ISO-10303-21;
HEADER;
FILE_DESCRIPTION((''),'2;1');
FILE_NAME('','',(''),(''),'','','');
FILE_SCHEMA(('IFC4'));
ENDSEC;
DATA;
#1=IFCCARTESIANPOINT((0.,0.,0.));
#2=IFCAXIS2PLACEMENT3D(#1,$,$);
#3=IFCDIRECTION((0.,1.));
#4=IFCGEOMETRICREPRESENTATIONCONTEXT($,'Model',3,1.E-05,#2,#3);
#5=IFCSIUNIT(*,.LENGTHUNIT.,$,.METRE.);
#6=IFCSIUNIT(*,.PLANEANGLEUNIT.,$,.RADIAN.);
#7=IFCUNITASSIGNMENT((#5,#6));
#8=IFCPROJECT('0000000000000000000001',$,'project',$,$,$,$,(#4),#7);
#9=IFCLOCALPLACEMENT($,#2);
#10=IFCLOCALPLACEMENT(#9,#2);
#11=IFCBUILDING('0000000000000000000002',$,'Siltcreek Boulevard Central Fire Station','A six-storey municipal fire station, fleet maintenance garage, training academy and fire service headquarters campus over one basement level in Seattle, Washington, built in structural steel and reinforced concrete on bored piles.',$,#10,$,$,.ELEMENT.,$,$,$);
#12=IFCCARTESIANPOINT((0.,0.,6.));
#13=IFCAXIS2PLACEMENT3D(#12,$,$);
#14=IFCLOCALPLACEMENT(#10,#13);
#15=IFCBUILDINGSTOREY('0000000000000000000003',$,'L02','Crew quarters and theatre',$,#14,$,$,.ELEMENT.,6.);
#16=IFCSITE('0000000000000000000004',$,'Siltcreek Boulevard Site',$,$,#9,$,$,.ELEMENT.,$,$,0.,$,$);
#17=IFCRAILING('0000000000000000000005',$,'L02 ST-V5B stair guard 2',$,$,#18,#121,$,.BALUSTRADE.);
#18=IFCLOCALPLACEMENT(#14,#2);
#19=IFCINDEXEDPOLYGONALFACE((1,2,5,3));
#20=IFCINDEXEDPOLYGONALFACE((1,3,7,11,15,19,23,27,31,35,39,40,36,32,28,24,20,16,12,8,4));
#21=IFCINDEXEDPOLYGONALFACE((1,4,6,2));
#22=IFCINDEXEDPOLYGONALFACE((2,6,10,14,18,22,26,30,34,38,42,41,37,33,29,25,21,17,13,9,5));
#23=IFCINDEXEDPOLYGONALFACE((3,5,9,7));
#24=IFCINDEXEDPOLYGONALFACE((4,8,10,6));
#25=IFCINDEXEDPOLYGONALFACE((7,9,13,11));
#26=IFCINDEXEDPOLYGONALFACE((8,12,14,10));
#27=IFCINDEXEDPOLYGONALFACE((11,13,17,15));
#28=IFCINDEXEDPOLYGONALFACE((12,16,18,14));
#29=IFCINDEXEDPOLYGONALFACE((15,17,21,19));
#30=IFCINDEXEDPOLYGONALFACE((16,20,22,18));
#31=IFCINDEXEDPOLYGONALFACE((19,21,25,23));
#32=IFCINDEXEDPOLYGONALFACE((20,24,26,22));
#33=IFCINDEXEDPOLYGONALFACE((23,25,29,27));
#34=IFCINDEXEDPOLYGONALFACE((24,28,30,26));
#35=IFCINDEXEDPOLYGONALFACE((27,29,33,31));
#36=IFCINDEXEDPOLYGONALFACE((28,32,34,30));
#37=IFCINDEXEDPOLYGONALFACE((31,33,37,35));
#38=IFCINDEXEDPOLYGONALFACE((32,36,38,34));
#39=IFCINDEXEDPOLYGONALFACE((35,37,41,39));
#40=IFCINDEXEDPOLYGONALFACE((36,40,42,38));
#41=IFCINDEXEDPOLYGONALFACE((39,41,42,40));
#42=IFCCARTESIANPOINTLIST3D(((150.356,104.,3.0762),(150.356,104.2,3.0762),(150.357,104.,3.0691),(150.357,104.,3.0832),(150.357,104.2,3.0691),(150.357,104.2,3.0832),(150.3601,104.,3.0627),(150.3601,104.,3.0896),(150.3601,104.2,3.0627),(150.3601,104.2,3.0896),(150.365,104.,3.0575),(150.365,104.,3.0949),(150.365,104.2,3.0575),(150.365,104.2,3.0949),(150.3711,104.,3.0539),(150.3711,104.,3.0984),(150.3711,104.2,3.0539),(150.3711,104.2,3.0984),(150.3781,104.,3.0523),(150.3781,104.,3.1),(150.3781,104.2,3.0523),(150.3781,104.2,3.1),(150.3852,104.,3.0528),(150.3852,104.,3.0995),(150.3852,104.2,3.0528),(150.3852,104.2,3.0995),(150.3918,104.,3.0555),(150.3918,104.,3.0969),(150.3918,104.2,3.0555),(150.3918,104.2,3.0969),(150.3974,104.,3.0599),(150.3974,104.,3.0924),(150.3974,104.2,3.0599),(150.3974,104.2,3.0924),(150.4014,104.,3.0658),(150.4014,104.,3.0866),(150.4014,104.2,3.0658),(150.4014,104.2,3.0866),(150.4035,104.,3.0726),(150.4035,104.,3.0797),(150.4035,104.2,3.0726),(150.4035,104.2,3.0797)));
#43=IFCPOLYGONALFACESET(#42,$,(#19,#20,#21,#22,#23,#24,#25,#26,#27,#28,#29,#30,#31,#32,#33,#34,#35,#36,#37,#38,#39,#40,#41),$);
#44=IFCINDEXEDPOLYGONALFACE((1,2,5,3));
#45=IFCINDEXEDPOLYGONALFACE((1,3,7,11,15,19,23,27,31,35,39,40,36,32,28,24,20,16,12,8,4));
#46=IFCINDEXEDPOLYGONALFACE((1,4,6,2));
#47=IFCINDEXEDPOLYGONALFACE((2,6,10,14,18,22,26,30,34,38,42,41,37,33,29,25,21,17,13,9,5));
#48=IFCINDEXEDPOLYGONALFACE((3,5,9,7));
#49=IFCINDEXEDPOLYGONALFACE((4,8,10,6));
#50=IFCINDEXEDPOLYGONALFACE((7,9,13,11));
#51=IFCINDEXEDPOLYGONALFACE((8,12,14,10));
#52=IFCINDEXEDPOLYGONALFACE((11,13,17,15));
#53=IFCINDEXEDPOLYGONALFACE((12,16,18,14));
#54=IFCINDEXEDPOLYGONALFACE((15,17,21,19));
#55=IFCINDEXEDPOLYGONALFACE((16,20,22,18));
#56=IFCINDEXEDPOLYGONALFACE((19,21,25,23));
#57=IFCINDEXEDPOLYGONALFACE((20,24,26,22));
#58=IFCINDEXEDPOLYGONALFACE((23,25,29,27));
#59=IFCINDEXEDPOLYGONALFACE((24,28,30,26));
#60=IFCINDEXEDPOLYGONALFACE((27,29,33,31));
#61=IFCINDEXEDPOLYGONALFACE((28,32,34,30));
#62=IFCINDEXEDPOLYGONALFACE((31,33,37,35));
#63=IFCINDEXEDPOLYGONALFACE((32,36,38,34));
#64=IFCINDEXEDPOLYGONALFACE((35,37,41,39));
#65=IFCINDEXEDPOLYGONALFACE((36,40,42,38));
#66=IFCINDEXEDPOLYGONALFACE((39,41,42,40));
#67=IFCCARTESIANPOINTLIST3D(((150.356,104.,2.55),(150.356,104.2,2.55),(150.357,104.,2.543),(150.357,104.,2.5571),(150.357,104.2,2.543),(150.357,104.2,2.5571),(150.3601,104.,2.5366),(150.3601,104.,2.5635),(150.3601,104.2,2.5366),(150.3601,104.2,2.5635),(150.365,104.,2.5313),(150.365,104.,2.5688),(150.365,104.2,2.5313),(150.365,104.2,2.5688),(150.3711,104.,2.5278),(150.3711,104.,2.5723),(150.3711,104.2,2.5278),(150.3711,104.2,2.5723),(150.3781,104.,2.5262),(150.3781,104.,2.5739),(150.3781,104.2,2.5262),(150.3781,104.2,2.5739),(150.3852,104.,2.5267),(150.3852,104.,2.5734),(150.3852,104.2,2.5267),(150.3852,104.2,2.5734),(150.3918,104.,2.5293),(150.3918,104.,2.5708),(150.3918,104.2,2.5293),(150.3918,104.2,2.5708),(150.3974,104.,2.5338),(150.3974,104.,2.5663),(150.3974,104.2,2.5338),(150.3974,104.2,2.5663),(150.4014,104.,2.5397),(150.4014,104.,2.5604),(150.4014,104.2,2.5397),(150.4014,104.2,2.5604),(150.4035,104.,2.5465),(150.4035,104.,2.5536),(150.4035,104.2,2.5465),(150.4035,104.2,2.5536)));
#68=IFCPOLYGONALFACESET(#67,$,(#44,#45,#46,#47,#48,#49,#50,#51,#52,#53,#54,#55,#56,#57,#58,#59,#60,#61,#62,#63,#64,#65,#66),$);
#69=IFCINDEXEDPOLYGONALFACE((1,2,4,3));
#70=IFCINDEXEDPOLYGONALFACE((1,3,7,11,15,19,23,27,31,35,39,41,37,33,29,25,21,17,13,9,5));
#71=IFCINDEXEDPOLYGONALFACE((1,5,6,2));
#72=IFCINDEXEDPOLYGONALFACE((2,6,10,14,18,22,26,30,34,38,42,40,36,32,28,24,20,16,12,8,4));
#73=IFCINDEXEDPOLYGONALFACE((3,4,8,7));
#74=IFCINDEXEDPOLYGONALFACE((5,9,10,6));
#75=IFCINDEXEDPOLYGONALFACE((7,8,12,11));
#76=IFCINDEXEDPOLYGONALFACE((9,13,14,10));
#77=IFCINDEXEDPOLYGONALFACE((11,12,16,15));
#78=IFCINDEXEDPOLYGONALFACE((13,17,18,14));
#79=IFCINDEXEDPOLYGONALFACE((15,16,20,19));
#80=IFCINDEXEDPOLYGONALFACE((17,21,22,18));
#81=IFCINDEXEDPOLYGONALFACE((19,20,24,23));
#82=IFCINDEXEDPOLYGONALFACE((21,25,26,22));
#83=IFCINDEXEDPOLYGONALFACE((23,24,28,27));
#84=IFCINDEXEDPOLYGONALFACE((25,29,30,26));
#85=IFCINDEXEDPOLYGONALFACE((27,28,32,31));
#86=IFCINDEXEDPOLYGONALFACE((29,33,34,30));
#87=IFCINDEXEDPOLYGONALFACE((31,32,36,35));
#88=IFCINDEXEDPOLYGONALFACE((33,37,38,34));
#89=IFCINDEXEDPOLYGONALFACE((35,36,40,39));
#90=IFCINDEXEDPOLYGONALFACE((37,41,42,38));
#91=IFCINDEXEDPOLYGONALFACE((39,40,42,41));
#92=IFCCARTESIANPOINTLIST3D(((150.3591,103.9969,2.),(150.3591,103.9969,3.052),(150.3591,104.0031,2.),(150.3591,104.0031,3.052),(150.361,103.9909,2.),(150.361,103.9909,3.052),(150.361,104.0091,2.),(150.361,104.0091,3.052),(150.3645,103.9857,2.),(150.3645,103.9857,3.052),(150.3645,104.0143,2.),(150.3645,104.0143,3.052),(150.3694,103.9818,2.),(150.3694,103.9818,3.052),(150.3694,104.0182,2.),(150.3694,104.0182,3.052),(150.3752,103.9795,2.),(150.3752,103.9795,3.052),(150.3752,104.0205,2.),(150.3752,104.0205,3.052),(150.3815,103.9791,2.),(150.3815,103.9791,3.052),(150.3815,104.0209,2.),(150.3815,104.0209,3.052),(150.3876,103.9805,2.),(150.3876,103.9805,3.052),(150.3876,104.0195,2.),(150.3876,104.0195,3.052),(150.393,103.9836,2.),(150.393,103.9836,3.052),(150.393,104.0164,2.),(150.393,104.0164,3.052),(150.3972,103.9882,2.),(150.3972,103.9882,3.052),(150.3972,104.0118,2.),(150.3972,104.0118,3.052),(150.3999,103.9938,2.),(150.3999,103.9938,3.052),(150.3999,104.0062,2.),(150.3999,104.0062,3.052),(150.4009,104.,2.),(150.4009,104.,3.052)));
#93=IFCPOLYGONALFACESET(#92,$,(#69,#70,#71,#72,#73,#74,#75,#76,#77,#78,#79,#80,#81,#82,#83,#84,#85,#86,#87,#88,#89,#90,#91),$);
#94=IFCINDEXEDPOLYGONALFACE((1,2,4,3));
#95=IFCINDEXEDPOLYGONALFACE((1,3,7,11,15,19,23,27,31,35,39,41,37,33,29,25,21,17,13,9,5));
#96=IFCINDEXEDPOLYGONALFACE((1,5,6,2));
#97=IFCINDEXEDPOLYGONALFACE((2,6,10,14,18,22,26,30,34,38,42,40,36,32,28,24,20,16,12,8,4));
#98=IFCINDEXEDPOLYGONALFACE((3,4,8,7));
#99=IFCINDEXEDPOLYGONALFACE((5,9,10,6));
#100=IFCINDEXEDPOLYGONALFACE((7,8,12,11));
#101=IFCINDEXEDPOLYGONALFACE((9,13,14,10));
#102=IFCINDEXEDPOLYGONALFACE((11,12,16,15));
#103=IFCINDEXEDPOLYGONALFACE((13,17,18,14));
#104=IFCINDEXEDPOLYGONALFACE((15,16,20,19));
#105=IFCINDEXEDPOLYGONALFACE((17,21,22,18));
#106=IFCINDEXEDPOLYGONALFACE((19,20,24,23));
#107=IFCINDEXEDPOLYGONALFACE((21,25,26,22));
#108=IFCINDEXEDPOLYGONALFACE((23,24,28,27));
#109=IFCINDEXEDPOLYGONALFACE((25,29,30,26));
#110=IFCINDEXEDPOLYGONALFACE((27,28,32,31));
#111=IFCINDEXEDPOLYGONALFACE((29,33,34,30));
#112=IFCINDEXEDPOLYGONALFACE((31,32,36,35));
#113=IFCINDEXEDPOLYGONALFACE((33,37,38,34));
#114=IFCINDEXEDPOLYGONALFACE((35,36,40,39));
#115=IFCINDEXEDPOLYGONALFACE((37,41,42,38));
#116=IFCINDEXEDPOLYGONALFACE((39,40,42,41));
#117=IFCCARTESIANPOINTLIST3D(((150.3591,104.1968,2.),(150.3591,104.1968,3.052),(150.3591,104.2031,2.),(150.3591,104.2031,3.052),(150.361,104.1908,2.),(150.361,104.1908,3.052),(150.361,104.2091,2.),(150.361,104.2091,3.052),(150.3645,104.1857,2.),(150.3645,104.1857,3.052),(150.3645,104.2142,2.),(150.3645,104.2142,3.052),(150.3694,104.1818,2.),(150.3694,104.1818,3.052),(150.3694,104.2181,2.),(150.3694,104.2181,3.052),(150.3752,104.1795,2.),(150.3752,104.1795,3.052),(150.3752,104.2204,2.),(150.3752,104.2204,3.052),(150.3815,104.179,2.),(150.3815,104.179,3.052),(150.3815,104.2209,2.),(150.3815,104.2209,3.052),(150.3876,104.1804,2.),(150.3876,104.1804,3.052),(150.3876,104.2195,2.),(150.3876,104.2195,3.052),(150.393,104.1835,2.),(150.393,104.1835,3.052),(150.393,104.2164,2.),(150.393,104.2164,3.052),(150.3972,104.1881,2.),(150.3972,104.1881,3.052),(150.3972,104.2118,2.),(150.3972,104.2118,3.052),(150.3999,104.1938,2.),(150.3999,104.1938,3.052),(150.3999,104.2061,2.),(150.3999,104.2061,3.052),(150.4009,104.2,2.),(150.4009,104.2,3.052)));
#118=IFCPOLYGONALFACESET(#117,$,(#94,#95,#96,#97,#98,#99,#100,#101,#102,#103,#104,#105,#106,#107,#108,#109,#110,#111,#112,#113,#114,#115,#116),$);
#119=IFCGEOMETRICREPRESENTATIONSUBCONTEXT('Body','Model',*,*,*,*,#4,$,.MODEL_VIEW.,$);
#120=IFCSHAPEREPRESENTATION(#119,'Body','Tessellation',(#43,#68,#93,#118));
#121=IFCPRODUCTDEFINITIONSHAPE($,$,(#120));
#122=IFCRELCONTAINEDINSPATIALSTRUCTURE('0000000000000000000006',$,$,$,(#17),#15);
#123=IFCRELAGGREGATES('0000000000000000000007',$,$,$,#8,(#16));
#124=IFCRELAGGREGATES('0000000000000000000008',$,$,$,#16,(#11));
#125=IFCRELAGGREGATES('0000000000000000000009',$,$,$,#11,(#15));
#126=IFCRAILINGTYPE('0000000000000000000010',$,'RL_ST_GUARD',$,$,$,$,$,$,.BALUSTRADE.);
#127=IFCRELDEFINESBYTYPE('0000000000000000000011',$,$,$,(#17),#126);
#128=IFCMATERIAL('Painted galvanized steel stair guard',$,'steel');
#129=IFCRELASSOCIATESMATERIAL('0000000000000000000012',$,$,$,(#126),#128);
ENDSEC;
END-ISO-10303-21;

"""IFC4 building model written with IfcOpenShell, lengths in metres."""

from ifc_helpers import new_model, si_unit, direction, frame, origin, origin_2d, place, context, subcontext, project, spatial, circle, extrude, material, type_object, element, save


model = new_model("IFC4")

# Units and contexts
model_context = context("Model", 3, precision=1e-05, world=origin(), true_north=direction((0.0, 1.0)))
body_context = subcontext(model_context, "Body", "Model", "MODEL_VIEW")
ifc_project = project(units=[si_unit("LENGTHUNIT", "METRE"), si_unit("PLANEANGLEUNIT", "RADIAN")], contexts=[model_context])

# Site, building, storey
site_placement = place(None, origin())
site = spatial("IfcSite", under=ifc_project, at=site_placement, Name="Siltcreek Boulevard Site", CompositionType="ELEMENT", RefElevation=0.0)
building_placement = place(site_placement, origin())
building = spatial("IfcBuilding", under=site, at=building_placement, Name="Siltcreek Boulevard Central Fire Station", Description="A six-storey municipal fire station, fleet maintenance garage, training academy and fire service headquarters campus over one basement level in Seattle, Washington, built in structural steel and reinforced concrete on bored piles.", CompositionType="ELEMENT")
storey_placement = place(building_placement, frame((0.0, 0.0, 6.0)))
storey = spatial("IfcBuildingStorey", under=building, at=storey_placement, Name="L02", Description="Crew quarters and theatre", CompositionType="ELEMENT", Elevation=6.0)

# Railing
ifc_material_1 = material(Name="Painted galvanized steel stair guard", Category="steel")
railing_type_1 = type_object("IfcRailingType", Name="RL_ST_GUARD", PredefinedType="BALUSTRADE", material=ifc_material_1)
railing_1_placement = place(storey_placement, frame((150.3799, 104.0, 2.0)))
element("IfcRailing", 1, at=railing_1_placement, inside=storey, type_object=railing_type_1, Name="L02 ST-V5B stair guard 2", PredefinedType="BALUSTRADE", context=body_context, shape_type="SweptSolid", body=[
    extrude(circle(Radius=0.0239, at=origin_2d()), frame((0.0, 0.0, 1.0762), z_axis=(0.0, 1.0, 0.0), x_axis=(-1.0, 0.0, 0.0)), (0.0, 0.0, 1.0), 0.2),
    extrude(circle(Radius=0.0239, at=origin_2d()), frame((0.0, 0.0, 0.55), z_axis=(0.0, 1.0, 0.0), x_axis=(-1.0, 0.0, 0.0)), (0.0, 0.0, 1.0), 0.2),
    extrude(circle(Radius=0.021, at=origin_2d()), origin(), (0.0, 0.0, 1.0), 1.052),
    extrude(circle(Radius=0.021, at=origin_2d()), frame((0.0, 0.2, 0.0)), (0.0, 0.0, 1.0), 1.052),
])

save(model, "model.ifc")
